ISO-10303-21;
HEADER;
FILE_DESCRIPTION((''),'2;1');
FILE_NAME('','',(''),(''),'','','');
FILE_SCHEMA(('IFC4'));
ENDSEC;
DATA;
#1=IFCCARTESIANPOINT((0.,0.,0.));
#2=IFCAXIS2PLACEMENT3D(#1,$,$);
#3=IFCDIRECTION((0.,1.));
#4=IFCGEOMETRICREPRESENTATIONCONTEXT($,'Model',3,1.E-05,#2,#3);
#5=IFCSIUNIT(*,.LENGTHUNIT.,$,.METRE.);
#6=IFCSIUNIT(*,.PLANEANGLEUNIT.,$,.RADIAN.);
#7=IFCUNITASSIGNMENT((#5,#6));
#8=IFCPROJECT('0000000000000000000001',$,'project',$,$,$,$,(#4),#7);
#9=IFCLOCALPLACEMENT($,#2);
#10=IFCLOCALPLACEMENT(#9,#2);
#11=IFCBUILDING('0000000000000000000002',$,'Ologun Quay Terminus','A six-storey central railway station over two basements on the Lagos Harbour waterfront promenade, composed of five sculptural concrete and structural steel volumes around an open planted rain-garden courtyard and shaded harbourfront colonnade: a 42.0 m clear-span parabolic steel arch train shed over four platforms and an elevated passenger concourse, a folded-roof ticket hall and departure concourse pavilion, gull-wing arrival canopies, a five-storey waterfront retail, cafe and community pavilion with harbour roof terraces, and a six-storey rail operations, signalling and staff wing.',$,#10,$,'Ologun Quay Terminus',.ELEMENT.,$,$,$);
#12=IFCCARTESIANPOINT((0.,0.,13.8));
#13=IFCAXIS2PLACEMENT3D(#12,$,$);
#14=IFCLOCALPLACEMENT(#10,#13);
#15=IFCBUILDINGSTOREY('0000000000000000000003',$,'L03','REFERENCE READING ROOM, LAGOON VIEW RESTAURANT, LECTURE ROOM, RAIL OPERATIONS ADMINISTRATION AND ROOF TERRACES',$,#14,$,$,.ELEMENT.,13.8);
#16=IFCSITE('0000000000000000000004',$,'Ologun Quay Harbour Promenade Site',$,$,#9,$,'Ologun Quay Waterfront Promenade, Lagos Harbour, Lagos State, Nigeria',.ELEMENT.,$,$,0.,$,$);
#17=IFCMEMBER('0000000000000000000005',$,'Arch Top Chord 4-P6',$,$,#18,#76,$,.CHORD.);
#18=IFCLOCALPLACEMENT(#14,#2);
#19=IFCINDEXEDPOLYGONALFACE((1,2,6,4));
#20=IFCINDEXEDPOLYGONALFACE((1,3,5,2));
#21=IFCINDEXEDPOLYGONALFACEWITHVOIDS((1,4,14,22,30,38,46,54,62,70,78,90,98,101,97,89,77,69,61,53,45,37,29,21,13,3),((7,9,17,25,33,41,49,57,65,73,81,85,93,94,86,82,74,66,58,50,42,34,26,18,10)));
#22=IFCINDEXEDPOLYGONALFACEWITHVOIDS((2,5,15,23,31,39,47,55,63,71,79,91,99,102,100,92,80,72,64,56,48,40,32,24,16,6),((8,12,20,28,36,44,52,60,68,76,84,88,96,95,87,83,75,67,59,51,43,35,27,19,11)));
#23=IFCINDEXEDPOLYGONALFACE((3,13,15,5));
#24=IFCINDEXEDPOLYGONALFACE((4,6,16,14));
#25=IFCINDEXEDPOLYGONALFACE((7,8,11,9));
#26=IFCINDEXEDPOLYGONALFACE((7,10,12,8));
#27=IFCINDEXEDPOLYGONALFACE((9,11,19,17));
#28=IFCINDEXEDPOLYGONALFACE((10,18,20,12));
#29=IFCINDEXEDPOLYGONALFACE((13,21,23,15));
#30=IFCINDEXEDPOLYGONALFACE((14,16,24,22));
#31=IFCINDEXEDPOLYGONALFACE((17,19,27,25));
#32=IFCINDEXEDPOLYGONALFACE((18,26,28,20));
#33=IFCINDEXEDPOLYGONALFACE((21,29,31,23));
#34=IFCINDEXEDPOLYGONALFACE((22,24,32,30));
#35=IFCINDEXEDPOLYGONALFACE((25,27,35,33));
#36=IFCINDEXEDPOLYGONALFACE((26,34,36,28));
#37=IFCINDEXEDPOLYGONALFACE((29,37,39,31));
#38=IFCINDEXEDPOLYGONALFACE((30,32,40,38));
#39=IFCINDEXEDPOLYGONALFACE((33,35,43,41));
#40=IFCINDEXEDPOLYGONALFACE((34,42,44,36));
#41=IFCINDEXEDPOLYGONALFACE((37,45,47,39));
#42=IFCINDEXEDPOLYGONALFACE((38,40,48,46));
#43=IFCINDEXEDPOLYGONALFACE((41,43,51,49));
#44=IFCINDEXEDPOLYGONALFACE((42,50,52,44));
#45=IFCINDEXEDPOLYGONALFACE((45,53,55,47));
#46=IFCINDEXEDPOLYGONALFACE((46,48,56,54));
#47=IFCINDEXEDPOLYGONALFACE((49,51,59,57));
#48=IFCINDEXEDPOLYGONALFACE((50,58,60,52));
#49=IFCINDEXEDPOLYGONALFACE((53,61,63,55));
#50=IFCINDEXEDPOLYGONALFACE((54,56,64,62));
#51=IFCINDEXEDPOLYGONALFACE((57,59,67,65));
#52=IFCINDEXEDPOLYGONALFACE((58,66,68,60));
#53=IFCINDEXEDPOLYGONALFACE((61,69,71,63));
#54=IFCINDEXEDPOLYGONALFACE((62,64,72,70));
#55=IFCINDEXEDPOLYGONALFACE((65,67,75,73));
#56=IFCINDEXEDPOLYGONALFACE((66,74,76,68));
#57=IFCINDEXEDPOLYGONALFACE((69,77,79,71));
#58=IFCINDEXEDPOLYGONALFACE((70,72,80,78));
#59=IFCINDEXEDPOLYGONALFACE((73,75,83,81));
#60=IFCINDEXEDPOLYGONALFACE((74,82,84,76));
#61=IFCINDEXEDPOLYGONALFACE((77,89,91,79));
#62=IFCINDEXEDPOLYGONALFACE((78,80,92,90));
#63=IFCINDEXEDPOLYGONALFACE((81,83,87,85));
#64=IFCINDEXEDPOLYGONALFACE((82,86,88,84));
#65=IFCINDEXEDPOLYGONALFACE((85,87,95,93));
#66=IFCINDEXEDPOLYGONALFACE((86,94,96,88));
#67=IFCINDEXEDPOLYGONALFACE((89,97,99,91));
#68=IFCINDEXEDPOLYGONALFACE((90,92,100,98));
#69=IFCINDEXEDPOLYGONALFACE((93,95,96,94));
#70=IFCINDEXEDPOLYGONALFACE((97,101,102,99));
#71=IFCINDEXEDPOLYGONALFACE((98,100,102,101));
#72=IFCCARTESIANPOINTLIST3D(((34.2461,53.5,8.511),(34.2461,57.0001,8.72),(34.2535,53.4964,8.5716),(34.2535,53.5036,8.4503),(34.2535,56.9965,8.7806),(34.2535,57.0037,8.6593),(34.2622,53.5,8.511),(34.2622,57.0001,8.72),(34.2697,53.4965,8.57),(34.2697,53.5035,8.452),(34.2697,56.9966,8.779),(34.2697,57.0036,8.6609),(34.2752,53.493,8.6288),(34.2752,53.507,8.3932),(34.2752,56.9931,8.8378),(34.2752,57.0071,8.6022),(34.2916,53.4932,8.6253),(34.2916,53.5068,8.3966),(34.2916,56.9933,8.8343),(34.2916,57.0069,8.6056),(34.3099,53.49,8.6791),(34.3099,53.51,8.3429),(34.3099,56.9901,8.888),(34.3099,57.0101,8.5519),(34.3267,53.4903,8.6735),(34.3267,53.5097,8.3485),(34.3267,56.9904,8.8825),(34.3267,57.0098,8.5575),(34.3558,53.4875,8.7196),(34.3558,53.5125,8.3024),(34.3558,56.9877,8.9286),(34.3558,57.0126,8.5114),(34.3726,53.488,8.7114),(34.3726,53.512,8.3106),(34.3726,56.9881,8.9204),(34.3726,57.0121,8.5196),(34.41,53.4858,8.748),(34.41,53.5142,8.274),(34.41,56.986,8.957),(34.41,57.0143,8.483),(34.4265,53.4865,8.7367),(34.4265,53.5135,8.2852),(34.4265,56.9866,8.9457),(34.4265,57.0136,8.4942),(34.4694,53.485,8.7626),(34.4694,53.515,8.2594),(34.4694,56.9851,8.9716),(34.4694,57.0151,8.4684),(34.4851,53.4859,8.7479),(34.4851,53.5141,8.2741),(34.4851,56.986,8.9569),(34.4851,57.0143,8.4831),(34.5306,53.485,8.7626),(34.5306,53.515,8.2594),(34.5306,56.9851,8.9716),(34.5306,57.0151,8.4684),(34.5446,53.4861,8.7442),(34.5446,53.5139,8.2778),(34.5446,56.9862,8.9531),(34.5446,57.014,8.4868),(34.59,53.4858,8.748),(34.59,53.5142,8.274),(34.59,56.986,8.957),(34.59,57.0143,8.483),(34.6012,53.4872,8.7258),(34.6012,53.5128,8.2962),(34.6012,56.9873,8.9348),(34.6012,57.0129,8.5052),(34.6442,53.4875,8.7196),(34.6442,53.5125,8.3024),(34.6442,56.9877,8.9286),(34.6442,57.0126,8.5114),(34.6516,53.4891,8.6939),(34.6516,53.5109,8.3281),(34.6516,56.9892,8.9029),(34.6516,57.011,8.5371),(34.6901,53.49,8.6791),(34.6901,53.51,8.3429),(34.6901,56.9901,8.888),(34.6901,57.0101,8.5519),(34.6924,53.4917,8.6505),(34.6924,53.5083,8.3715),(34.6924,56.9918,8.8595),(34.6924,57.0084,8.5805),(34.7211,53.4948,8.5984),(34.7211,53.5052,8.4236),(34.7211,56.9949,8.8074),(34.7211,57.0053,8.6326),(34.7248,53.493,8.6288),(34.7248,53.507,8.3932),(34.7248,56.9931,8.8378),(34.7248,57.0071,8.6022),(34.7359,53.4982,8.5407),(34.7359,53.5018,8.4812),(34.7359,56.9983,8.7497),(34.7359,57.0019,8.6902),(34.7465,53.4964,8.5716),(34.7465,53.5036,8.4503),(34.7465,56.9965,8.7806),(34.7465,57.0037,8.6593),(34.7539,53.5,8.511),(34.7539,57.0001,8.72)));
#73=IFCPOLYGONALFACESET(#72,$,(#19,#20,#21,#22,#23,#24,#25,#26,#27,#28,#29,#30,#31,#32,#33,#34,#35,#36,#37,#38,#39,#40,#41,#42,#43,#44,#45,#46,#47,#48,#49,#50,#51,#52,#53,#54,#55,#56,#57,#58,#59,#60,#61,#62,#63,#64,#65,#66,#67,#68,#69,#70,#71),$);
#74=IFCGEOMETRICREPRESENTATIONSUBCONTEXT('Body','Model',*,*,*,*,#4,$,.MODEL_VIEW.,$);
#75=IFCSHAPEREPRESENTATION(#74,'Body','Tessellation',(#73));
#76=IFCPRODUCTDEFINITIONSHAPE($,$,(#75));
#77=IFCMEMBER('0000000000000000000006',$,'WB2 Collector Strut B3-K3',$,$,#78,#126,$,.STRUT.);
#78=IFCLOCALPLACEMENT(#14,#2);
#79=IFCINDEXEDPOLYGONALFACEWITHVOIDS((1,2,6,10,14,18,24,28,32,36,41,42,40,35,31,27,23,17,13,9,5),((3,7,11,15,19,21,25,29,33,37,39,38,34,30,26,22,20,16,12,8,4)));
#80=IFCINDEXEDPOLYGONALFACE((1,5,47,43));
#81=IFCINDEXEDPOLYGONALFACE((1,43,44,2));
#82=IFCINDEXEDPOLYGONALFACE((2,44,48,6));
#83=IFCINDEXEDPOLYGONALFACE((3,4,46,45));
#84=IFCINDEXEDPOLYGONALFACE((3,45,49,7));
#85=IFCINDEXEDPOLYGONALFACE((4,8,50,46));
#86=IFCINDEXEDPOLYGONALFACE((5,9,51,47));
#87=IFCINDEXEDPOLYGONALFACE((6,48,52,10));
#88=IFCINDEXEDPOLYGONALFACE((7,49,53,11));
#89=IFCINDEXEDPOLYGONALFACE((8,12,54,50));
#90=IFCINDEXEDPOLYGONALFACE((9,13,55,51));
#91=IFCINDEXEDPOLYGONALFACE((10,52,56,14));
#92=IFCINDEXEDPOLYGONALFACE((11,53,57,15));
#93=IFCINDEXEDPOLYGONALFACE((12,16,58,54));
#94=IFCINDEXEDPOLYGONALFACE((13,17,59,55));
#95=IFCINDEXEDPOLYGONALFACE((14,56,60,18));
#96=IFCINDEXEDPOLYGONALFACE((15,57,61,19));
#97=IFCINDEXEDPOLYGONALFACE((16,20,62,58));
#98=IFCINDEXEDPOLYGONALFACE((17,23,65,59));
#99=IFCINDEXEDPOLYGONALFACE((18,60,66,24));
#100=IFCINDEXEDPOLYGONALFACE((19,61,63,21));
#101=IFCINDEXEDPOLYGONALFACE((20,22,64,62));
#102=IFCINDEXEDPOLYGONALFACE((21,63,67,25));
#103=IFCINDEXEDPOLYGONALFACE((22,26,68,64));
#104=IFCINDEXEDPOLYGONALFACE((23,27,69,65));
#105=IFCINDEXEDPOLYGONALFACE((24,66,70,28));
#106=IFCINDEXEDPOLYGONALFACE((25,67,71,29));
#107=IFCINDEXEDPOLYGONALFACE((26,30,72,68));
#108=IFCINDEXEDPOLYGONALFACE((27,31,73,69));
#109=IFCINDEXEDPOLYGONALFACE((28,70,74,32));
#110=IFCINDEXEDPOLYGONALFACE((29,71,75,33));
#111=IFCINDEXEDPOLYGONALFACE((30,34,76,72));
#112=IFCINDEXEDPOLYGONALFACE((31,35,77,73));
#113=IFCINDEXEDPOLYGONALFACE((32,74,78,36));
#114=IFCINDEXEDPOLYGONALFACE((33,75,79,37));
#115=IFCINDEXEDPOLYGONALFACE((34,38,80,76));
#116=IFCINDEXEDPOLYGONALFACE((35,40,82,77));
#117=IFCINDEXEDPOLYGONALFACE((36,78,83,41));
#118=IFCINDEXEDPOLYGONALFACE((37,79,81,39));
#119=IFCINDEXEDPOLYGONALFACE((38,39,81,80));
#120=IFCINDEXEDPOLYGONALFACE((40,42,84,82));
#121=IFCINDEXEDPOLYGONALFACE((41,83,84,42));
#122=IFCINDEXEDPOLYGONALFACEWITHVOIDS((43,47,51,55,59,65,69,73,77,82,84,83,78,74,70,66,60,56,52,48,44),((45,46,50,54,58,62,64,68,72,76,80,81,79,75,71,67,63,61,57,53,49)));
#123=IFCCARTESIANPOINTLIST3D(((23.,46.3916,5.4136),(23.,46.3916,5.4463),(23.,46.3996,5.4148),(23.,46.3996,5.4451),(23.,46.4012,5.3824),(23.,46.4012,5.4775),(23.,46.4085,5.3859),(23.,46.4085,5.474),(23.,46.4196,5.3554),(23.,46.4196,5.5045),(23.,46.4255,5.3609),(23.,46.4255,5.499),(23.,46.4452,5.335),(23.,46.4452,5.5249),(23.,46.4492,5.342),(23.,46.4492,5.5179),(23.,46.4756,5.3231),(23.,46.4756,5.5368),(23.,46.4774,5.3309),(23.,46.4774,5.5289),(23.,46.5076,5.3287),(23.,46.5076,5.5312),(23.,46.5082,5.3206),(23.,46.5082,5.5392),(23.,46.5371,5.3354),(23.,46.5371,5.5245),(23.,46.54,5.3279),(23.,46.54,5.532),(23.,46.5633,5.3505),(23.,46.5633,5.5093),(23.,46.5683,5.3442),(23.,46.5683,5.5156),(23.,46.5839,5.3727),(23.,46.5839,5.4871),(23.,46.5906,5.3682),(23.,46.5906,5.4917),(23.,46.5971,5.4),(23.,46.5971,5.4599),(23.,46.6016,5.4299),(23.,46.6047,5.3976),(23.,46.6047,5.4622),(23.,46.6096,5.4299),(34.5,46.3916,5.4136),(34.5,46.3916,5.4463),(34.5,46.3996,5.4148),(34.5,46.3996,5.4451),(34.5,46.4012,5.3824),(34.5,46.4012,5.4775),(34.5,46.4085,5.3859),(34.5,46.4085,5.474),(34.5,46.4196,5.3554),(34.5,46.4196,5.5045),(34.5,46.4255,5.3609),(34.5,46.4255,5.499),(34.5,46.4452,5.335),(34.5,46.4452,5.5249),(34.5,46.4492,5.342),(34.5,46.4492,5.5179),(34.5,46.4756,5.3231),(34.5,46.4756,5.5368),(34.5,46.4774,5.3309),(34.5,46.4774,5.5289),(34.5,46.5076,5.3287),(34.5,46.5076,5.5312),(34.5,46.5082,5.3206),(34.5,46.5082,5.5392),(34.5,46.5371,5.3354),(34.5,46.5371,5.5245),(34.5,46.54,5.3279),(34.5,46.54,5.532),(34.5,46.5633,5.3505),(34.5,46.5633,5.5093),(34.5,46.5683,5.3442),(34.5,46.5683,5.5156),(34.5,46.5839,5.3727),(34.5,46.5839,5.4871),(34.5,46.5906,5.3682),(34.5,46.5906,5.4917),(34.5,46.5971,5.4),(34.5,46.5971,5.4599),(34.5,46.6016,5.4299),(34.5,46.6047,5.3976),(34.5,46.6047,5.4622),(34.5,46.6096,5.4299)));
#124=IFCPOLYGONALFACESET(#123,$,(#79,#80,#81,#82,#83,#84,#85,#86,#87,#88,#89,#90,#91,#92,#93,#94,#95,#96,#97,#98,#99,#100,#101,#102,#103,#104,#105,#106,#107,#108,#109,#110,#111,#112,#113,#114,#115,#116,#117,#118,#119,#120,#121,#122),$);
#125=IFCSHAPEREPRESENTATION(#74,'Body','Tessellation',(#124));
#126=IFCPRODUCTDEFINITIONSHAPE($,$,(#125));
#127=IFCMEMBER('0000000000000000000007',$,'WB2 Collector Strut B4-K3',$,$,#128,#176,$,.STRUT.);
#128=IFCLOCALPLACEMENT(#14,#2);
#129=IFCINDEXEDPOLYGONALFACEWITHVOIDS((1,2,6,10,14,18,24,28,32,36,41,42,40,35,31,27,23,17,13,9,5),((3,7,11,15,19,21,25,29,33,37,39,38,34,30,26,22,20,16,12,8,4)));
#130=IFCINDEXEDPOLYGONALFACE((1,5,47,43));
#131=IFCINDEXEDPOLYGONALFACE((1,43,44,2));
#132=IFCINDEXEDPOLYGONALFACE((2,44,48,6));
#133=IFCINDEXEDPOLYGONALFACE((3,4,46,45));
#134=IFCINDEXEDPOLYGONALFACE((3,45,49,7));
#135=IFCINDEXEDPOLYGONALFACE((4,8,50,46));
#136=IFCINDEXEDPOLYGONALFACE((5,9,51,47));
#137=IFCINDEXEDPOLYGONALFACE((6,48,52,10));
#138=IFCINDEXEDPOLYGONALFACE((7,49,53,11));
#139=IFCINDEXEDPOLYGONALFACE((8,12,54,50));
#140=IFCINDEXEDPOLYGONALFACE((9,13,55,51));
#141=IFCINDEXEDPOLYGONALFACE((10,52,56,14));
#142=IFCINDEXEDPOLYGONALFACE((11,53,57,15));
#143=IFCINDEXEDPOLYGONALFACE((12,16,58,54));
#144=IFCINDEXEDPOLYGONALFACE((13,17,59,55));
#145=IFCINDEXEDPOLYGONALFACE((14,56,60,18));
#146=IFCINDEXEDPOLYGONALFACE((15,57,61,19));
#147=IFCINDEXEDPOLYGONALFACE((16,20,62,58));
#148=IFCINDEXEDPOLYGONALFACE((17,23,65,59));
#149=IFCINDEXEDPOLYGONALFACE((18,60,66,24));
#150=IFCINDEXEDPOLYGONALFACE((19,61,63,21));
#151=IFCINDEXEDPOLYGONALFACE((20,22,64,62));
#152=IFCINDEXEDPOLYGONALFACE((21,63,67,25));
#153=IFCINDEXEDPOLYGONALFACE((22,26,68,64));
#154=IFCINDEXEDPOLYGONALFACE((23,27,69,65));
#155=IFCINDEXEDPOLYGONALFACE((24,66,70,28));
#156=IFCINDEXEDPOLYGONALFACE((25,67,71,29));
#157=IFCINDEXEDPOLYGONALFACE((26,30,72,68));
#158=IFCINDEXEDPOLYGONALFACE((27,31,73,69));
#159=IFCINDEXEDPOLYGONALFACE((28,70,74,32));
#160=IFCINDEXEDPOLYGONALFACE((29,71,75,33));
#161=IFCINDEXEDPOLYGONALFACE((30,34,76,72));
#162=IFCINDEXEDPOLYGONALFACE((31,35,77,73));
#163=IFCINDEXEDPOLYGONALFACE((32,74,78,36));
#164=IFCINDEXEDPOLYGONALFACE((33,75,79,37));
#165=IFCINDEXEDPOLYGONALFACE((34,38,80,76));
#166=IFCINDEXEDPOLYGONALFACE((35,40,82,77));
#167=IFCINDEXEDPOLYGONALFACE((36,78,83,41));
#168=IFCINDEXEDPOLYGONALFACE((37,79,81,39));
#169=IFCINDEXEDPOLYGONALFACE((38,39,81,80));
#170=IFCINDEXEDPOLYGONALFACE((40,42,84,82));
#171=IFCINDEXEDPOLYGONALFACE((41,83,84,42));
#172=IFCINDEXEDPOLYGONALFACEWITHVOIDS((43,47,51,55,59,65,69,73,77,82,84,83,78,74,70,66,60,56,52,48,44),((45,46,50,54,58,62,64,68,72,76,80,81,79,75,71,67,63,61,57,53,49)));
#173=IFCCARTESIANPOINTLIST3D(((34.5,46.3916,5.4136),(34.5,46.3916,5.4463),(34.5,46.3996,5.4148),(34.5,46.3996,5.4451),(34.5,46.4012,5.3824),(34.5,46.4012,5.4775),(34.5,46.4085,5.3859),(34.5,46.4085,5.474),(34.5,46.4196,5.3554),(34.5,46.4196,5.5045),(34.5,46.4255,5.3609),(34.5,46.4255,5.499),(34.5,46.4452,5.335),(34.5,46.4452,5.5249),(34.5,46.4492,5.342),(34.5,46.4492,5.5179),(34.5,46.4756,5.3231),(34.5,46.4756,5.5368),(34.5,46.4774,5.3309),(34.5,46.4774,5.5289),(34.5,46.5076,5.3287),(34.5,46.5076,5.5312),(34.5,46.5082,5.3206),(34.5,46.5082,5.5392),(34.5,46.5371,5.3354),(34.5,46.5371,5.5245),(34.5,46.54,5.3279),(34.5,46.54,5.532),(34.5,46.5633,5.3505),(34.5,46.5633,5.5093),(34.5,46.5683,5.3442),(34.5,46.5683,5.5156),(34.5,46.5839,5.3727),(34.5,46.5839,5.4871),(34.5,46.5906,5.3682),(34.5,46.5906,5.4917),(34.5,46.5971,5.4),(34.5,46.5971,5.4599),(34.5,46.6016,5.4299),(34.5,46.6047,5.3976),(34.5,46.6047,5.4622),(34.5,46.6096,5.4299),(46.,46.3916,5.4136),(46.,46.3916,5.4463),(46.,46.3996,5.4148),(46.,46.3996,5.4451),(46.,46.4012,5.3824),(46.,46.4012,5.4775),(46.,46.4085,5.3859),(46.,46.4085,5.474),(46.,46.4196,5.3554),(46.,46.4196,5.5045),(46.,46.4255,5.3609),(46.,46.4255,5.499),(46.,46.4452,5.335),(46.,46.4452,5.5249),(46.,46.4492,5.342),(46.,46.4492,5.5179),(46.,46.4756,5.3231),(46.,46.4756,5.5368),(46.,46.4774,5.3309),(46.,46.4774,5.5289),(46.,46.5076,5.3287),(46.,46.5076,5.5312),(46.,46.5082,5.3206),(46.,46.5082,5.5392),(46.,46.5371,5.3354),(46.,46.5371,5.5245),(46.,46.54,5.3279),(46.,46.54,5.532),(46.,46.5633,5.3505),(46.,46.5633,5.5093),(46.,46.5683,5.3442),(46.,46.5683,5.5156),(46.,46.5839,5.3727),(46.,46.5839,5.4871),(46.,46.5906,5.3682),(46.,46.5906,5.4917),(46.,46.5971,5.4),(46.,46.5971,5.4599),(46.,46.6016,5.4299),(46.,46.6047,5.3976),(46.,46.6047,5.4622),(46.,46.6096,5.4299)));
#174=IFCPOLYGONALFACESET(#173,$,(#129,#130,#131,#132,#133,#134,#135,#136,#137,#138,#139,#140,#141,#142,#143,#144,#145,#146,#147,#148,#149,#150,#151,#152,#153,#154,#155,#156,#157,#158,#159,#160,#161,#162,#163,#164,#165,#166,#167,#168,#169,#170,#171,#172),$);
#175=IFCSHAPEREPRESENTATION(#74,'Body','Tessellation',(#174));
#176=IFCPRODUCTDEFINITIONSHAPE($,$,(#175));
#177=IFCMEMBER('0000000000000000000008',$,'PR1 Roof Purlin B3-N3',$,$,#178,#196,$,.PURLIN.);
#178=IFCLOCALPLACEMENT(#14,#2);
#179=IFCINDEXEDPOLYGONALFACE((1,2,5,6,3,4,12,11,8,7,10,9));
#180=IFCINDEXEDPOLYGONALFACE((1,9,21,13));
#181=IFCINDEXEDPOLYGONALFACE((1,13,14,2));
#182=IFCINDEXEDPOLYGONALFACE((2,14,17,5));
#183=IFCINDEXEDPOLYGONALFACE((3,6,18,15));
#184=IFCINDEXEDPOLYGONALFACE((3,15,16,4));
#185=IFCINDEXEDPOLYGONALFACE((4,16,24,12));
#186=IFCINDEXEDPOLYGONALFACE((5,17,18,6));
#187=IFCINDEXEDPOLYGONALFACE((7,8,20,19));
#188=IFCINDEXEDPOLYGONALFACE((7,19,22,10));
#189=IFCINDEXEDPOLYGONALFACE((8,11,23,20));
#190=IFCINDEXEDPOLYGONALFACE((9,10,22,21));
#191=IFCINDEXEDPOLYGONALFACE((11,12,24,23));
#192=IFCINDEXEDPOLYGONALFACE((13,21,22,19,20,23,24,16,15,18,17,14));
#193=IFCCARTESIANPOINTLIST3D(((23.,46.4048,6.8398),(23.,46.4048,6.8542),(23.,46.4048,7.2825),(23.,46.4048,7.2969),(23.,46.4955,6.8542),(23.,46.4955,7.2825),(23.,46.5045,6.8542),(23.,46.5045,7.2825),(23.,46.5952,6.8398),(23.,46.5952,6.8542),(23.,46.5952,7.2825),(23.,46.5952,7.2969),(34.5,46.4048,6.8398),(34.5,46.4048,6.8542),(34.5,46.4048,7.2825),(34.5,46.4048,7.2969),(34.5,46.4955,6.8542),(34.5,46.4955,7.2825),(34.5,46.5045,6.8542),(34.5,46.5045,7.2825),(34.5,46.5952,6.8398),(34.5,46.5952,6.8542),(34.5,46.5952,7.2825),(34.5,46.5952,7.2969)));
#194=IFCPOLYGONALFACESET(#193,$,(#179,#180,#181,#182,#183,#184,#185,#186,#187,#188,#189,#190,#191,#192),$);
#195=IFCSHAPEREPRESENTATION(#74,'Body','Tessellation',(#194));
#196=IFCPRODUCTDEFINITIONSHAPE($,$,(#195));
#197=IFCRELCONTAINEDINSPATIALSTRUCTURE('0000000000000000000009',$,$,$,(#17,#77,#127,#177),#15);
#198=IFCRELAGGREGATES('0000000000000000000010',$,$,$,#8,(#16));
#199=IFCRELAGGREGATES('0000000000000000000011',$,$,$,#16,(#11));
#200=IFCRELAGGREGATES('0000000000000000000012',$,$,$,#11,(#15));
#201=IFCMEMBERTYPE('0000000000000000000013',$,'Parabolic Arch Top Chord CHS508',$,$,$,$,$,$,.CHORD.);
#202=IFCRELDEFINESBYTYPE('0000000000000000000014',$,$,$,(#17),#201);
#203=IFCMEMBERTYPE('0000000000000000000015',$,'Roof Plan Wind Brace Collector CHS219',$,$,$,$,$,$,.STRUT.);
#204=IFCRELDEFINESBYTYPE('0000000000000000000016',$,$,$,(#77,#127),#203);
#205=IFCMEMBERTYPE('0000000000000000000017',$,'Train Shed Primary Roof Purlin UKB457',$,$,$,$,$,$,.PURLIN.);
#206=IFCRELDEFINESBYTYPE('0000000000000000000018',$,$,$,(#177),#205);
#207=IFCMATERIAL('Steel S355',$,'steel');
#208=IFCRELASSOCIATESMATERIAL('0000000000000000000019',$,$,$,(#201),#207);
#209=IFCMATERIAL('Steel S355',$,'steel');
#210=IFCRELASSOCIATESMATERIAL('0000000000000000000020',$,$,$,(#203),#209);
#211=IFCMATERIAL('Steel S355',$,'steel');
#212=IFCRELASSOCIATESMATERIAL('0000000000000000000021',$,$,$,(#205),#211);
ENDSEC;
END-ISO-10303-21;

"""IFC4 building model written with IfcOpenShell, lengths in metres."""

from ifc_helpers import new_model, si_unit, direction, frame, origin, origin_2d, place, context, subcontext, project, spatial, hollow_circle, i_section, extrude, material, material_profile, profile_set, type_object, element, save


model = new_model("IFC4")

# Units and contexts
model_context = context("Model", 3, precision=1e-05, world=origin(), true_north=direction((0.0, 1.0)))
body_context = subcontext(model_context, "Body", "Model", "MODEL_VIEW")
ifc_project = project(units=[si_unit("LENGTHUNIT", "METRE"), si_unit("PLANEANGLEUNIT", "RADIAN")], contexts=[model_context])

# Site, building, storey
site_placement = place(None, origin())
site = spatial("IfcSite", under=ifc_project, at=site_placement, Name="Ologun Quay Harbour Promenade Site", LongName="Ologun Quay Waterfront Promenade, Lagos Harbour, Lagos State, Nigeria", CompositionType="ELEMENT", RefElevation=0.0)
building_placement = place(site_placement, origin())
building = spatial("IfcBuilding", under=site, at=building_placement, Name="Ologun Quay Terminus", Description="A six-storey central railway station over two basements on the Lagos Harbour waterfront promenade, composed of five sculptural concrete and structural steel volumes around an open planted rain-garden courtyard and shaded harbourfront colonnade: a 42.0 m clear-span parabolic steel arch train shed over four platforms and an elevated passenger concourse, a folded-roof ticket hall and departure concourse pavilion, gull-wing arrival canopies, a five-storey waterfront retail, cafe and community pavilion with harbour roof terraces, and a six-storey rail operations, signalling and staff wing.", LongName="Ologun Quay Terminus", CompositionType="ELEMENT")
storey_placement = place(building_placement, frame((0.0, 0.0, 13.8)))
storey = spatial("IfcBuildingStorey", under=building, at=storey_placement, Name="L03", Description="REFERENCE READING ROOM, LAGOON VIEW RESTAURANT, LECTURE ROOM, RAIL OPERATIONS ADMINISTRATION AND ROOF TERRACES", CompositionType="ELEMENT", Elevation=13.8)

# Members
ifc_material_1 = material(Name="Steel S355", Category="steel")
ifc_material_profile_1 = material_profile(ifc_material_1, hollow_circle(Radius=0.2539, WallThickness=0.0161, at=origin_2d()), Name="CHS 508x16")
ifc_profile_set_1 = profile_set([ifc_material_profile_1], Name="Steel S355")
member_type_1 = type_object("IfcMemberType", Name="Parabolic Arch Top Chord CHS508", PredefinedType="CHORD", material=ifc_profile_set_1)
member_1_placement = place(storey_placement, frame((34.5, 53.5, 8.511), z_axis=(0.0, 0.998222, 0.059604), x_axis=(-1.0, 0.0, 0.0)))
element("IfcMember", 1, at=member_1_placement, inside=storey, type_object=member_type_1, Name="Arch Top Chord 4-P6", PredefinedType="CHORD", context=body_context, shape_type="SweptSolid", body=[
    extrude(hollow_circle(Radius=0.2539, WallThickness=0.0161, at=origin_2d()), origin(), (0.0, 0.0, 1.0), 3.5063),
])
ifc_material_2 = material(Name="Steel S355", Category="steel")
ifc_material_profile_2 = material_profile(ifc_material_2, hollow_circle(Radius=0.1096, WallThickness=0.0081, at=origin_2d()), Name="CHS 219.1x8")
ifc_profile_set_2 = profile_set([ifc_material_profile_2], Name="Steel S355")
member_type_2 = type_object("IfcMemberType", Name="Roof Plan Wind Brace Collector CHS219", PredefinedType="STRUT", material=ifc_profile_set_2)
for number, where, z_axis, x_axis, name in (
    (2, (23.0, 46.5, 5.4299), (1.0, 0.0, 0.0), (0.0, 1.0, 0.0), "WB2 Collector Strut B3-K3"),
    (3, (34.5, 46.5, 5.4299), (1.0, 0.0, 0.0), (0.0, 1.0, 0.0), "WB2 Collector Strut B4-K3"),
):
    element("IfcMember", number, at=place(storey_placement, frame(where, z_axis=z_axis, x_axis=x_axis)), inside=storey, type_object=member_type_2, Name=name, PredefinedType="STRUT", context=body_context, shape_type="SweptSolid", body=[
        extrude(hollow_circle(Radius=0.1096, WallThickness=0.0081, at=origin_2d()), origin(), (0.0, 0.0, 1.0), 11.5),
    ])
ifc_material_3 = material(Name="Steel S355", Category="steel")
ifc_material_profile_3 = material_profile(ifc_material_3, i_section(OverallWidth=0.1904, OverallDepth=0.457, WebThickness=0.009, FlangeThickness=0.0144, at=origin_2d()), Name="UKB 457x191x74")
ifc_profile_set_3 = profile_set([ifc_material_profile_3], Name="Steel S355")
member_type_3 = type_object("IfcMemberType", Name="Train Shed Primary Roof Purlin UKB457", PredefinedType="PURLIN", material=ifc_profile_set_3)
for number, where, z_axis, x_axis, name in (
    (4, (23.0, 46.5, 7.0684), (1.0, 0.0, 0.0), (0.0, 1.0, 0.0), "PR1 Roof Purlin B3-N3"),
):
    element("IfcMember", number, at=place(storey_placement, frame(where, z_axis=z_axis, x_axis=x_axis)), inside=storey, type_object=member_type_3, Name=name, PredefinedType="PURLIN", context=body_context, shape_type="SweptSolid", body=[
        extrude(i_section(OverallWidth=0.1904, OverallDepth=0.457, WebThickness=0.009, FlangeThickness=0.0144, at=origin_2d()), origin(), (0.0, 0.0, 1.0), 11.5),
    ])

save(model, "model.ifc")
